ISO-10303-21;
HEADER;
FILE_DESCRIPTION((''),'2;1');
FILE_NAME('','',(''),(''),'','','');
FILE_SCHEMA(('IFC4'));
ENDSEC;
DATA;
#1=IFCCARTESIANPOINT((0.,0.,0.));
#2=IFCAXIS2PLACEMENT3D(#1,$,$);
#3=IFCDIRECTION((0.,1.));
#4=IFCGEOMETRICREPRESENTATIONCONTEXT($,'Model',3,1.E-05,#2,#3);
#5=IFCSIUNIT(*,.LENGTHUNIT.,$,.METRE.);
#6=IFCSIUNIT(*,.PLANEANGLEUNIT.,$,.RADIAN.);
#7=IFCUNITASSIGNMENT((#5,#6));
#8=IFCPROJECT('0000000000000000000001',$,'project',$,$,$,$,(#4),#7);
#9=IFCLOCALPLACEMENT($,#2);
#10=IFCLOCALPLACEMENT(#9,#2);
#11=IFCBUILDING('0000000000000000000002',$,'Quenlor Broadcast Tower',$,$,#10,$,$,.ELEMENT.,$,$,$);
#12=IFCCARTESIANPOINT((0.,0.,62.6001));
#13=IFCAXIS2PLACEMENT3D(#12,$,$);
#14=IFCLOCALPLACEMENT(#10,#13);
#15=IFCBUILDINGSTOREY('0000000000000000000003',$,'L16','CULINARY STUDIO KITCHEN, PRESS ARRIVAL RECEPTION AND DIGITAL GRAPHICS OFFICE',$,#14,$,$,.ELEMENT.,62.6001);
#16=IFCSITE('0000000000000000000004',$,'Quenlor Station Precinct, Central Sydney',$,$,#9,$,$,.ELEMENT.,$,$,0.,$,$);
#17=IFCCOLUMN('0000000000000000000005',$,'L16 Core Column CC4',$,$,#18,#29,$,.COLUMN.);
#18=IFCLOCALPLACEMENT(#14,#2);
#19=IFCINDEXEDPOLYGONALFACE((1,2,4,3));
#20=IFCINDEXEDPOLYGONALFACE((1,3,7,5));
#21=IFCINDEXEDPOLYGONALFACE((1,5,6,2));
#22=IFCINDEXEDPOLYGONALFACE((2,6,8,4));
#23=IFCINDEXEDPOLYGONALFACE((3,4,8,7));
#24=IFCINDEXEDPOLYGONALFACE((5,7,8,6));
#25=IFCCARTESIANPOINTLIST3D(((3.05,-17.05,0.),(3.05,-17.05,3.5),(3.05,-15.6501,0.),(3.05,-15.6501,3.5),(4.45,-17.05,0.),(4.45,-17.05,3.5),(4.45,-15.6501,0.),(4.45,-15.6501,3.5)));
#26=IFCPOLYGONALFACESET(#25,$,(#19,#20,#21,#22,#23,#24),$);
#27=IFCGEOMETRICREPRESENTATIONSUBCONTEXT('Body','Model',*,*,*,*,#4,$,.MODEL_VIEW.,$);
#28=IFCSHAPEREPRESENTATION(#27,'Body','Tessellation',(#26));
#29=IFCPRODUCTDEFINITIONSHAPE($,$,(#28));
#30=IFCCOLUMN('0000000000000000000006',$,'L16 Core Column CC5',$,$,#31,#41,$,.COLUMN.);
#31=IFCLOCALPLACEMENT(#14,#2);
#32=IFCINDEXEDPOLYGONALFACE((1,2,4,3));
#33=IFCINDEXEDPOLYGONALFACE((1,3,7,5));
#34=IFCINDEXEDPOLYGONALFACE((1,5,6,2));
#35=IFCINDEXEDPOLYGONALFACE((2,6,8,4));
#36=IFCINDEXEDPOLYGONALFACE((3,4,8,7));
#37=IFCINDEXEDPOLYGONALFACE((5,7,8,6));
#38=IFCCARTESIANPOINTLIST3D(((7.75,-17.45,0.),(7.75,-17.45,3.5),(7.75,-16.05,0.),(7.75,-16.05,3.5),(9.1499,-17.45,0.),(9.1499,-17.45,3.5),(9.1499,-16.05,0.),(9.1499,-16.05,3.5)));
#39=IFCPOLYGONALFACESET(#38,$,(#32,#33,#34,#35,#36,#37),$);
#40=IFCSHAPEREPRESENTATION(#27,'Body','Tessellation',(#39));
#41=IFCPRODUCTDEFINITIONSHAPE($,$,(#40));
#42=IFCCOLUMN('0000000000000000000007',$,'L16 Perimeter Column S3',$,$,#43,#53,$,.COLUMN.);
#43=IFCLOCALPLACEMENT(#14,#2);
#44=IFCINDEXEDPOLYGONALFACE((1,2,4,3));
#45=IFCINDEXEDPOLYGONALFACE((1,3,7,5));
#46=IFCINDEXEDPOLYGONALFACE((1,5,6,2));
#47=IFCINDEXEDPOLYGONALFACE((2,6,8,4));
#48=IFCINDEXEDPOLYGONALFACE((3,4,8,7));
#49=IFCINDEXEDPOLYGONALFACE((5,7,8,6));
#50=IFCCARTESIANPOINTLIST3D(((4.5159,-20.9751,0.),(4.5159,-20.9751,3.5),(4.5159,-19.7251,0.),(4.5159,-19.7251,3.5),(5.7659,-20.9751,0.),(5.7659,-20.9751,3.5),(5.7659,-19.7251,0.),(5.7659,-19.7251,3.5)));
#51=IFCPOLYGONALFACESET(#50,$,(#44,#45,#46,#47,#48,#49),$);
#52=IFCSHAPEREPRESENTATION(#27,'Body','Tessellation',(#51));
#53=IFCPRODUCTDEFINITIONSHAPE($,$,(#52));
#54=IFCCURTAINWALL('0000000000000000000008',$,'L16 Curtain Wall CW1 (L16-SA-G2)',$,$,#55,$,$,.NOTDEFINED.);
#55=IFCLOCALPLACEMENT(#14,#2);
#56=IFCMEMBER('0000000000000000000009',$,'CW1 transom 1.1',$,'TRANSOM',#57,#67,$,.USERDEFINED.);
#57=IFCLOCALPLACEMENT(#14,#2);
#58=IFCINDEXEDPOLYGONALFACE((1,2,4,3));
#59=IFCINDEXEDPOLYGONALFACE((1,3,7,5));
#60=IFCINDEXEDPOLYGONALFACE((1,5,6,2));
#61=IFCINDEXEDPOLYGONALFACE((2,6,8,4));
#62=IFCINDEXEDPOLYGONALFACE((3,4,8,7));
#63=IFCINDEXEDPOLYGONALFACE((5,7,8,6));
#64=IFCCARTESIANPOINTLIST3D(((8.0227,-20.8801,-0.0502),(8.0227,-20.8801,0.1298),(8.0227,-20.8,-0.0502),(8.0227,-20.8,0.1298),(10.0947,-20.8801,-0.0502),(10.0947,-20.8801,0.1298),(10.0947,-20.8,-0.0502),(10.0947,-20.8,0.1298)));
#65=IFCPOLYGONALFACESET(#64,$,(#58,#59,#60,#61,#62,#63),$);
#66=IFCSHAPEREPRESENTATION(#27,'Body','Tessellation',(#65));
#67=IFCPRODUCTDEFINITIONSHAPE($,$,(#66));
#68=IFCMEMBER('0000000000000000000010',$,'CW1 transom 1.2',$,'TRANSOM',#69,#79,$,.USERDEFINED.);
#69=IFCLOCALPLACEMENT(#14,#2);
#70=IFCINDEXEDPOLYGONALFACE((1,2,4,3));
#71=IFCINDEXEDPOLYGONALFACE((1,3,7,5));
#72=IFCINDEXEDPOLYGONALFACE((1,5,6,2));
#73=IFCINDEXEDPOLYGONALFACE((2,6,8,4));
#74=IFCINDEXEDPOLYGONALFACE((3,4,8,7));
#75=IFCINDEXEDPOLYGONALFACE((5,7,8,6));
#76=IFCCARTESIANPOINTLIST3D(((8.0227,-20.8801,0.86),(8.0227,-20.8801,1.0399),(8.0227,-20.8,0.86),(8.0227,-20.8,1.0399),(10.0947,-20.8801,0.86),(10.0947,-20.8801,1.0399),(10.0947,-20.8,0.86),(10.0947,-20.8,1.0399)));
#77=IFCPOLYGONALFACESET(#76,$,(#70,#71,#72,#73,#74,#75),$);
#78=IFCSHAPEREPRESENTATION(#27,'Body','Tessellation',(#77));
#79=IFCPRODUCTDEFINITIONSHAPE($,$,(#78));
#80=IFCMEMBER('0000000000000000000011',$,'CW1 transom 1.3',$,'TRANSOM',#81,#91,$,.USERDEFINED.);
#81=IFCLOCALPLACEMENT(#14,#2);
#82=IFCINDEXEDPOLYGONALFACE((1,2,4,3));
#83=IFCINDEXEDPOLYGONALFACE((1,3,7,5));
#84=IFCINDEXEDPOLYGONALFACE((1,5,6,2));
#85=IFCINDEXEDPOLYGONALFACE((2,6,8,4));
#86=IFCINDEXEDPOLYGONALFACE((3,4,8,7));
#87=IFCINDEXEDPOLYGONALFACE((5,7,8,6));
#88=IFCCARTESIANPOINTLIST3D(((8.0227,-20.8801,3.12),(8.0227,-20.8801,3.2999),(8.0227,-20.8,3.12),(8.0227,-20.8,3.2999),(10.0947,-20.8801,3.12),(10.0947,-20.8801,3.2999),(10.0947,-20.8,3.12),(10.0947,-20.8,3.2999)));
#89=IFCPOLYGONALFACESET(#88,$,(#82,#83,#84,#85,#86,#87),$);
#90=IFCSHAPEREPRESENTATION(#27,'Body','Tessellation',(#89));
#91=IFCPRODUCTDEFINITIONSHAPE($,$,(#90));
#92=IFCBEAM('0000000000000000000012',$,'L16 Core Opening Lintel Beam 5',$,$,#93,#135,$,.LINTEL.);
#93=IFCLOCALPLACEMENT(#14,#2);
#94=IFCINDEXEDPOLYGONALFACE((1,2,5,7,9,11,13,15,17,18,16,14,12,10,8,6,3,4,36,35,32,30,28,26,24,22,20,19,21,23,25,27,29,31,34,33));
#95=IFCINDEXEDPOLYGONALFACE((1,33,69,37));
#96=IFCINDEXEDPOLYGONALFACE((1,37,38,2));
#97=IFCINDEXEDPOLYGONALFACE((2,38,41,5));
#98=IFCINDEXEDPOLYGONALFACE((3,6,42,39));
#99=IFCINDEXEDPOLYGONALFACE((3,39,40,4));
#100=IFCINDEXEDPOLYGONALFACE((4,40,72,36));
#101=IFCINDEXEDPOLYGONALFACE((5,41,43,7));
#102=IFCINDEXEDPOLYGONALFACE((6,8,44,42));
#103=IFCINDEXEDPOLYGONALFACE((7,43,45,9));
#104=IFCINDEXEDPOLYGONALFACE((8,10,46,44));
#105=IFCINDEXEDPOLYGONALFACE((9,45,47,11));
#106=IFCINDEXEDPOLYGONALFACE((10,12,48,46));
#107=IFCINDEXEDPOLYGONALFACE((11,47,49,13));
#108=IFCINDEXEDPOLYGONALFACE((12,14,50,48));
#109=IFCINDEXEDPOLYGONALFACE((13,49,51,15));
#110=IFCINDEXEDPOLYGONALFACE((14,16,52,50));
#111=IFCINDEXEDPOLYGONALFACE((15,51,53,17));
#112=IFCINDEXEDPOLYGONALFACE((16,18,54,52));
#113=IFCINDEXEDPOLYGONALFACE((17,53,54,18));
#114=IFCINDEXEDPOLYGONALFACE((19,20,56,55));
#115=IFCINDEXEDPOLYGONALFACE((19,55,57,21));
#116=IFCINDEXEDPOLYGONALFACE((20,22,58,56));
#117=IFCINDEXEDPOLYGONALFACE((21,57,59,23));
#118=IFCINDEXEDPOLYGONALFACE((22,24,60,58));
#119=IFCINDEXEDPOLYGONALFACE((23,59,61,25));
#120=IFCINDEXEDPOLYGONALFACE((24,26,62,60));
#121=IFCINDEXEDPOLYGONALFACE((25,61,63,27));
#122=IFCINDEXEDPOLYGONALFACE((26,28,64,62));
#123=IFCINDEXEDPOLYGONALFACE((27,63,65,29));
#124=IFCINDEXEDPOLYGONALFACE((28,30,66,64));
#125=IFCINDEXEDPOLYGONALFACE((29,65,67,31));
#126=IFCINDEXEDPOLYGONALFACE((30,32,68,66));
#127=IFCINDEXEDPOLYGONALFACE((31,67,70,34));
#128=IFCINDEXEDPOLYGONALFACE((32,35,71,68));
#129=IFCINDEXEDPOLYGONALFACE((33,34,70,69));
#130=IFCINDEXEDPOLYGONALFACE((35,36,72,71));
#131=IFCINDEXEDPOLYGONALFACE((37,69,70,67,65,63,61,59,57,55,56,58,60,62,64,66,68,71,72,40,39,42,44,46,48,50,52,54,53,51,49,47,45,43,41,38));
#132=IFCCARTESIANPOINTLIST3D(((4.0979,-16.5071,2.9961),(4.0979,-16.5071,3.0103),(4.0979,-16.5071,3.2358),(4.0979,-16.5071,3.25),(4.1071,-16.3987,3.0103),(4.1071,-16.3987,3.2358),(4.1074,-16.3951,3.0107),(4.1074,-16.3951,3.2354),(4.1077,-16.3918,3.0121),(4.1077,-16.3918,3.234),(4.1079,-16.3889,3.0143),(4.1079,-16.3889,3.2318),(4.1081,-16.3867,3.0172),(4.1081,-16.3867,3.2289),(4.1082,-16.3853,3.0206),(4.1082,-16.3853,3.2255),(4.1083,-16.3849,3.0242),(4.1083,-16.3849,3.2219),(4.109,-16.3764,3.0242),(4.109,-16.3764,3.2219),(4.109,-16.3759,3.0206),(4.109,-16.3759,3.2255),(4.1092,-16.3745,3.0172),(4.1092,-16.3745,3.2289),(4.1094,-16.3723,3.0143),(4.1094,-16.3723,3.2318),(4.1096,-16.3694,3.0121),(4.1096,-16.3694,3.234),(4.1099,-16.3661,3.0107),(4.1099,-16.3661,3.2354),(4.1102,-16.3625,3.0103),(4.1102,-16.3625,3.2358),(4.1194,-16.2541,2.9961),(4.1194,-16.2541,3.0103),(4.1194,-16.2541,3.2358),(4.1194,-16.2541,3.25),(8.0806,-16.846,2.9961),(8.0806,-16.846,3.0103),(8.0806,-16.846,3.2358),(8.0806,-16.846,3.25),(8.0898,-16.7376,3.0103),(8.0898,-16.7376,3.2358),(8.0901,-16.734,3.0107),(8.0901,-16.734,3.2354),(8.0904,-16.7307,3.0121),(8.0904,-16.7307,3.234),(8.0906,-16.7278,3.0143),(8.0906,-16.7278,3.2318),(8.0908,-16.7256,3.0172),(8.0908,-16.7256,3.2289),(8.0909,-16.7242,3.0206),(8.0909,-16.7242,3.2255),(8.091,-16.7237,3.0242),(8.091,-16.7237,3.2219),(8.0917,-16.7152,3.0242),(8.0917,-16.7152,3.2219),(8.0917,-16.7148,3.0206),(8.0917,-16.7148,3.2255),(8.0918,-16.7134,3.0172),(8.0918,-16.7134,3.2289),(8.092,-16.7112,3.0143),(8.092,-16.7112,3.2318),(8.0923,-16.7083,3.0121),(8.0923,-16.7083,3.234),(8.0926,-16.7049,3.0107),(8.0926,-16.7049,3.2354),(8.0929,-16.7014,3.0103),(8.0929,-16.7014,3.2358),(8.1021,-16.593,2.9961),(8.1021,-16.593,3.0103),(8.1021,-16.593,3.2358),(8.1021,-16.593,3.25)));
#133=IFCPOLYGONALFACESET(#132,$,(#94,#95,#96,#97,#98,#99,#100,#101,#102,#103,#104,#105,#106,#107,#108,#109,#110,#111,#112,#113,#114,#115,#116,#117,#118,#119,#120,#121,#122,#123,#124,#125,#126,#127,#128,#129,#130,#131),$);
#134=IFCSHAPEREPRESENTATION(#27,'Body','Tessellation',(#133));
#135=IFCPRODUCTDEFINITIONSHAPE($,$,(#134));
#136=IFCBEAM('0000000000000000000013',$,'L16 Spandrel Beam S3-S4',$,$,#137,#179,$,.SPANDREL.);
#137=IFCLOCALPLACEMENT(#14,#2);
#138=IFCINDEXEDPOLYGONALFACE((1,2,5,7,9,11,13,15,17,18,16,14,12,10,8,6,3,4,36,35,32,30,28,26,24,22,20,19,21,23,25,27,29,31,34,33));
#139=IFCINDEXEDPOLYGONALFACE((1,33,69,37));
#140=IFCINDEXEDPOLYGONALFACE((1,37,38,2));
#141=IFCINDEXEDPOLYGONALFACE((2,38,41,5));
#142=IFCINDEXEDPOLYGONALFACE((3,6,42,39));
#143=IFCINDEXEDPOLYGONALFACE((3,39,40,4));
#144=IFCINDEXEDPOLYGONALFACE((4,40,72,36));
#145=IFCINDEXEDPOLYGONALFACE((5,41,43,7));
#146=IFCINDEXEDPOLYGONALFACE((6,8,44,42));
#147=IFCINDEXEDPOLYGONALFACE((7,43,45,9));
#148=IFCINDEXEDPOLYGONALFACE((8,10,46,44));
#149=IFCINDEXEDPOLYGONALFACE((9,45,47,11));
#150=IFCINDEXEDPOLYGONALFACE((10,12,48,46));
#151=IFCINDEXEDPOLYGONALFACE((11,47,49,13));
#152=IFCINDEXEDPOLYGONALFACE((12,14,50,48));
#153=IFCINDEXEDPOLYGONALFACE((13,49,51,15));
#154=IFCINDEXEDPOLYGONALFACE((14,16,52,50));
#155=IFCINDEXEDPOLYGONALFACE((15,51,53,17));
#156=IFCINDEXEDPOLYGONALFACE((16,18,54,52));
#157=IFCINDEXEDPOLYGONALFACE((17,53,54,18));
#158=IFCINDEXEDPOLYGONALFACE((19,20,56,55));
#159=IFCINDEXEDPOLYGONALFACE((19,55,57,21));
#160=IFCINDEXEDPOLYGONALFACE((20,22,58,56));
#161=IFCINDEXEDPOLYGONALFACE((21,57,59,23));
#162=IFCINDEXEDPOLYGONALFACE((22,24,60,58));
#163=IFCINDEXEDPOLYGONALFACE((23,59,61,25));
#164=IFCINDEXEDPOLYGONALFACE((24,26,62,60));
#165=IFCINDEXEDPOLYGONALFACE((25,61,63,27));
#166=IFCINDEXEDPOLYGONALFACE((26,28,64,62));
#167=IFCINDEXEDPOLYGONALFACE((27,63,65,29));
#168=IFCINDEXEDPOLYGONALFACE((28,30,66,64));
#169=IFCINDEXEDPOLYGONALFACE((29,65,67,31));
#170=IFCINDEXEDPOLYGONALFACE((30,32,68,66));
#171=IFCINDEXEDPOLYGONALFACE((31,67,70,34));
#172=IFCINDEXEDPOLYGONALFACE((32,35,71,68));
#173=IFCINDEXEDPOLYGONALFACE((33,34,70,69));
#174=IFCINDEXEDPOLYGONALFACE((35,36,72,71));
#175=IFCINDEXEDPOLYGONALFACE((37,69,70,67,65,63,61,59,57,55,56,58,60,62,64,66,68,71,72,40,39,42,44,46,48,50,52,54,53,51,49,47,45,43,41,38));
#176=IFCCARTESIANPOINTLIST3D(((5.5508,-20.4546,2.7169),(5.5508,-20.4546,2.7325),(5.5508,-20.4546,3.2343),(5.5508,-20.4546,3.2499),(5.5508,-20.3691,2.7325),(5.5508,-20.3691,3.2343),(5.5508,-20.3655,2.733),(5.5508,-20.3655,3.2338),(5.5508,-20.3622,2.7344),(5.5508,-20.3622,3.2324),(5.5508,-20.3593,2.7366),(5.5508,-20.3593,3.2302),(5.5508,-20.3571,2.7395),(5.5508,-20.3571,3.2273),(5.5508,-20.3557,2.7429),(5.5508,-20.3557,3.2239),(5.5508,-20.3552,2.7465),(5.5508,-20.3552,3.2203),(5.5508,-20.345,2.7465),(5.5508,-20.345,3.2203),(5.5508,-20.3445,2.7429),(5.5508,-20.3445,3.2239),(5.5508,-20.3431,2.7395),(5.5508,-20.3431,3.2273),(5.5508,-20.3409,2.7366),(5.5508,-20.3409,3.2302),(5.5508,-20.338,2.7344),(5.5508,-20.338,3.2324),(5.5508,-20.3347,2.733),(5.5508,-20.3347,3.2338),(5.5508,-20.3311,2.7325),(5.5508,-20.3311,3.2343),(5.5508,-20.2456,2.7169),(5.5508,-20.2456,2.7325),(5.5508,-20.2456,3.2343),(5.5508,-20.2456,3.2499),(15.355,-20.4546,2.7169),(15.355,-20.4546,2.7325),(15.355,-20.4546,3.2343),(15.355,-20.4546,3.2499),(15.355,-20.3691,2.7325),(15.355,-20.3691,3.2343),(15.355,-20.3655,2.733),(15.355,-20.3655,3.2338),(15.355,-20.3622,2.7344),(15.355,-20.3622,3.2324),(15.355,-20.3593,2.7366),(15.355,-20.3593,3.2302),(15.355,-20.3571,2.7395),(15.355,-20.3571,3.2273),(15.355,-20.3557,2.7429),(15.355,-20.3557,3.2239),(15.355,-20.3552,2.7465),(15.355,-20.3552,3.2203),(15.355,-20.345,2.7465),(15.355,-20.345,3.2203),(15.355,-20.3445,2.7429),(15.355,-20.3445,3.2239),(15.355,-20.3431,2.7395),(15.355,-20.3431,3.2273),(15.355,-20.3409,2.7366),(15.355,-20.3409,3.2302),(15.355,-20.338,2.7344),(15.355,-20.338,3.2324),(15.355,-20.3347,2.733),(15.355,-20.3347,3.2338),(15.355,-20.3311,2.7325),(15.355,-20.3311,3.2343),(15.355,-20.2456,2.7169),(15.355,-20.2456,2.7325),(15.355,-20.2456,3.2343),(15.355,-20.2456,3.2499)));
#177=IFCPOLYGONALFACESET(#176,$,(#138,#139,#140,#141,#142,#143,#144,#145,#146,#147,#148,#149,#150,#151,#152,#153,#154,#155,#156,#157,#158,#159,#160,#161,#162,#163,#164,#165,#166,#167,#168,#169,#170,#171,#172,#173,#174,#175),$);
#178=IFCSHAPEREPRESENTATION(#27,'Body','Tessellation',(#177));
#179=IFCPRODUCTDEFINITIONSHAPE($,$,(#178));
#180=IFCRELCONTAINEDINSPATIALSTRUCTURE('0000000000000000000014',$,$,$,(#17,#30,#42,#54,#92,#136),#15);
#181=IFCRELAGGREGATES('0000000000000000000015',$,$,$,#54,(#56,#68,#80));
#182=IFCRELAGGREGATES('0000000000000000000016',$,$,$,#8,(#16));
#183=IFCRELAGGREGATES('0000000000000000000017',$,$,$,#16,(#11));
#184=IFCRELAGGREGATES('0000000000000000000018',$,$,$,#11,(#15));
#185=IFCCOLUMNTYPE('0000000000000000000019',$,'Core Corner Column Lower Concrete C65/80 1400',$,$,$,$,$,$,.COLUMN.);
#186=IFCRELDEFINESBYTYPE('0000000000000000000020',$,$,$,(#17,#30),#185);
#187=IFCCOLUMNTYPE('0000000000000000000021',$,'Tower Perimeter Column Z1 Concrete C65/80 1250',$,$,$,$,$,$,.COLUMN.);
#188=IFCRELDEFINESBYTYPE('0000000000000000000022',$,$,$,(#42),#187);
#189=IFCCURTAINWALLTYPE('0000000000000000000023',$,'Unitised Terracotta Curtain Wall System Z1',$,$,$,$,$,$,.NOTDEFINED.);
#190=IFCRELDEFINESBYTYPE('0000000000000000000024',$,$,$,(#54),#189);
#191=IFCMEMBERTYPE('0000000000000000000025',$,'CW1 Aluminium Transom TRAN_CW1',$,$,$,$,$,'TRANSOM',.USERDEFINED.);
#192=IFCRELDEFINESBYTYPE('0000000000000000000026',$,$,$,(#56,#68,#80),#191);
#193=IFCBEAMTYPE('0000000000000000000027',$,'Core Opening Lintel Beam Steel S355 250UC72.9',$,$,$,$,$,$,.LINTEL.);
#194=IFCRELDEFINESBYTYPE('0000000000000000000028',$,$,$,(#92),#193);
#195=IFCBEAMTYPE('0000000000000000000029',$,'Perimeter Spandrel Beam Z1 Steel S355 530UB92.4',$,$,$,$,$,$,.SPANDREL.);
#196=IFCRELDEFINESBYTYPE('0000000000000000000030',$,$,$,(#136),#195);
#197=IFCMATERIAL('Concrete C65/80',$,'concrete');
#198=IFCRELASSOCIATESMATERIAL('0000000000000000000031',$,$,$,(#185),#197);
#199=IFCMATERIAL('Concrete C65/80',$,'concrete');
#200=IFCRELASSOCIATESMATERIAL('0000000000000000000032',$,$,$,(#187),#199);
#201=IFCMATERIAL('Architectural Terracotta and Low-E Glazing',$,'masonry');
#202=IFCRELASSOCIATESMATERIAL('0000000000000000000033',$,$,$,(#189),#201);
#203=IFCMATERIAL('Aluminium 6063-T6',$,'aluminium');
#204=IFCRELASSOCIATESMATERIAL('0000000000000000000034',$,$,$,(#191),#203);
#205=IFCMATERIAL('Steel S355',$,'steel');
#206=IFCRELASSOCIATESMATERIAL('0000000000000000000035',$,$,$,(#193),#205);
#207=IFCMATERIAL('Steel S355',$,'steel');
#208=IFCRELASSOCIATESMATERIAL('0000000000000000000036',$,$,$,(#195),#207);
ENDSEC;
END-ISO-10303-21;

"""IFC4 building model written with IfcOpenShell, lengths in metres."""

from ifc_helpers import new_model, si_unit, direction, frame, origin, origin_2d, place, context, subcontext, project, spatial, rectangle, i_section, extrude, material, material_profile, profile_set, type_object, element, aggregate, save


model = new_model("IFC4")

# Units and contexts
model_context = context("Model", 3, precision=1e-05, world=origin(), true_north=direction((0.0, 1.0)))
body_context = subcontext(model_context, "Body", "Model", "MODEL_VIEW")
ifc_project = project(units=[si_unit("LENGTHUNIT", "METRE"), si_unit("PLANEANGLEUNIT", "RADIAN")], contexts=[model_context])

# Site, building, storey
site_placement = place(None, origin())
site = spatial("IfcSite", under=ifc_project, at=site_placement, Name="Quenlor Station Precinct, Central Sydney", CompositionType="ELEMENT", RefElevation=0.0)
building_placement = place(site_placement, origin())
building = spatial("IfcBuilding", under=site, at=building_placement, Name="Quenlor Broadcast Tower", CompositionType="ELEMENT")
storey_placement = place(building_placement, frame((0.0, 0.0, 62.6001)))
storey = spatial("IfcBuildingStorey", under=building, at=storey_placement, Name="L16", Description="CULINARY STUDIO KITCHEN, PRESS ARRIVAL RECEPTION AND DIGITAL GRAPHICS OFFICE", CompositionType="ELEMENT", Elevation=62.6001)

# Columns
ifc_material_1 = material(Name="Concrete C65/80", Category="concrete")
ifc_material_profile_1 = material_profile(ifc_material_1, rectangle(XDim=1.3999, YDim=1.3999, at=origin_2d()))
ifc_profile_set_1 = profile_set([ifc_material_profile_1], Name="Concrete C65/80 RC1400x1400")
column_type_1 = type_object("IfcColumnType", Name="Core Corner Column Lower Concrete C65/80 1400", PredefinedType="COLUMN", material=ifc_profile_set_1)
for number, where, z_axis, x_axis, name in (
    (1, (3.75, -16.3501, 0.0), (0.0, 0.0, 1.0), (1.0, 0.0, 0.0), "L16 Core Column CC4"),
    (2, (8.45, -16.75, 0.0), (0.0, 0.0, 1.0), (1.0, 0.0, 0.0), "L16 Core Column CC5"),
):
    element("IfcColumn", number, at=place(storey_placement, frame(where, z_axis=z_axis, x_axis=x_axis)), inside=storey, type_object=column_type_1, Name=name, PredefinedType="COLUMN", context=body_context, shape_type="SweptSolid", body=[
        extrude(rectangle(XDim=1.3999, YDim=1.3999, at=origin_2d()), origin(), (0.0, 0.0, 1.0), 3.5),
    ])
ifc_material_2 = material(Name="Concrete C65/80", Category="concrete")
ifc_material_profile_2 = material_profile(ifc_material_2, rectangle(XDim=1.25, YDim=1.25, at=origin_2d()))
ifc_profile_set_2 = profile_set([ifc_material_profile_2], Name="Concrete C65/80 RC1250x1250")
column_type_2 = type_object("IfcColumnType", Name="Tower Perimeter Column Z1 Concrete C65/80 1250", PredefinedType="COLUMN", material=ifc_profile_set_2)
column_placement = place(storey_placement, frame((5.1409, -20.3501, 0.0), z_axis=(0.0, 0.0, 1.0), x_axis=(0.0, 1.0, 0.0)))
element("IfcColumn", 3, at=column_placement, inside=storey, type_object=column_type_2, Name="L16 Perimeter Column S3", PredefinedType="COLUMN", context=body_context, shape_type="SweptSolid", body=[
    extrude(rectangle(XDim=1.25, YDim=1.25, at=origin_2d()), origin(), (0.0, 0.0, 1.0), 3.5),
])

# Curtain wall, members
ifc_material_3 = material(Name="Architectural Terracotta and Low-E Glazing", Category="masonry")
curtain_wall_type = type_object("IfcCurtainWallType", Name="Unitised Terracotta Curtain Wall System Z1", PredefinedType="NOTDEFINED", material=ifc_material_3)
curtain_wall_placement = place(storey_placement, origin())
curtain_wall = element("IfcCurtainWall", 4, at=curtain_wall_placement, inside=storey, type_object=curtain_wall_type, Name="L16 Curtain Wall CW1 (L16-SA-G2)", PredefinedType="NOTDEFINED")
ifc_material_4 = material(Name="Aluminium 6063-T6", Category="aluminium")
ifc_material_profile_3 = material_profile(ifc_material_4, rectangle(XDim=0.0801, YDim=0.1799, at=origin_2d()))
ifc_profile_set_3 = profile_set([ifc_material_profile_3], Name="Aluminium 6063-T6 TRAN80x180")
member_type = type_object("IfcMemberType", Name="CW1 Aluminium Transom TRAN_CW1", ElementType="TRANSOM", PredefinedType="USERDEFINED", material=ifc_profile_set_3)
member_1_placement = place(storey_placement, frame((10.0947, -20.8401, 0.0398), z_axis=(-1.0, 0.0, 0.0), x_axis=(0.0, -1.0, 0.0)))
member_1 = element("IfcMember", 5, at=member_1_placement, type_object=member_type, Name="CW1 transom 1.1", ObjectType="TRANSOM", PredefinedType="USERDEFINED", context=body_context, shape_type="SweptSolid", body=[
    extrude(rectangle(XDim=0.0801, YDim=0.1799, at=origin_2d()), origin(), (0.0, 0.0, 1.0), 2.072),
])
member_2_placement = place(storey_placement, frame((10.0947, -20.8401, 0.95), z_axis=(-1.0, 0.0, 0.0), x_axis=(0.0, -1.0, 0.0)))
member_2 = element("IfcMember", 6, at=member_2_placement, type_object=member_type, Name="CW1 transom 1.2", ObjectType="TRANSOM", PredefinedType="USERDEFINED", context=body_context, shape_type="SweptSolid", body=[
    extrude(rectangle(XDim=0.0801, YDim=0.1799, at=origin_2d()), origin(), (0.0, 0.0, 1.0), 2.072),
])
member_3_placement = place(storey_placement, frame((10.0947, -20.8401, 3.21), z_axis=(-1.0, 0.0, 0.0), x_axis=(0.0, -1.0, 0.0)))
member_3 = element("IfcMember", 7, at=member_3_placement, type_object=member_type, Name="CW1 transom 1.3", ObjectType="TRANSOM", PredefinedType="USERDEFINED", context=body_context, shape_type="SweptSolid", body=[
    extrude(rectangle(XDim=0.0801, YDim=0.1799, at=origin_2d()), origin(), (0.0, 0.0, 1.0), 2.072),
])
aggregate(curtain_wall, [member_1, member_2, member_3])

# Beams
ifc_material_5 = material(Name="Steel S355", Category="steel")
ifc_material_profile_4 = material_profile(ifc_material_5, i_section(OverallWidth=0.2539, OverallDepth=0.2539, WebThickness=0.0085, FlangeThickness=0.0142, FilletRadius=0.0139, at=origin_2d()))
ifc_profile_set_4 = profile_set([ifc_material_profile_4], Name="Steel S355 250UC72.9")
beam_type_1 = type_object("IfcBeamType", Name="Core Opening Lintel Beam Steel S355 250UC72.9", PredefinedType="LINTEL", material=ifc_profile_set_4)
beam_1_placement = place(storey_placement, frame((4.1086, -16.3806, 3.123), z_axis=(0.9964, -0.084779, 0.0), x_axis=(0.084779, 0.9964, 0.0)))
element("IfcBeam", 8, at=beam_1_placement, inside=storey, type_object=beam_type_1, Name="L16 Core Opening Lintel Beam 5", PredefinedType="LINTEL", context=body_context, shape_type="SweptSolid", body=[
    extrude(i_section(OverallWidth=0.2539, OverallDepth=0.2539, WebThickness=0.0085, FlangeThickness=0.0142, FilletRadius=0.0139, at=origin_2d()), origin(), (0.0, 0.0, 1.0), 3.9971),
])
ifc_material_6 = material(Name="Steel S355", Category="steel")
ifc_material_profile_5 = material_profile(ifc_material_6, i_section(OverallWidth=0.209, OverallDepth=0.533, WebThickness=0.0103, FlangeThickness=0.0156, FilletRadius=0.0139, at=origin_2d()))
ifc_profile_set_5 = profile_set([ifc_material_profile_5], Name="Steel S355 530UB92.4")
beam_type_2 = type_object("IfcBeamType", Name="Perimeter Spandrel Beam Z1 Steel S355 530UB92.4", PredefinedType="SPANDREL", material=ifc_profile_set_5)
beam_2_placement = place(storey_placement, frame((5.5508, -20.3501, 2.9834), z_axis=(1.0, 0.0, 0.0), x_axis=(0.0, 1.0, 0.0)))
element("IfcBeam", 9, at=beam_2_placement, inside=storey, type_object=beam_type_2, Name="L16 Spandrel Beam S3-S4", PredefinedType="SPANDREL", context=body_context, shape_type="SweptSolid", body=[
    extrude(i_section(OverallWidth=0.209, OverallDepth=0.533, WebThickness=0.0103, FlangeThickness=0.0156, FilletRadius=0.0139, at=origin_2d()), origin(), (0.0, 0.0, 1.0), 9.8042),
])

save(model, "model.ifc")
